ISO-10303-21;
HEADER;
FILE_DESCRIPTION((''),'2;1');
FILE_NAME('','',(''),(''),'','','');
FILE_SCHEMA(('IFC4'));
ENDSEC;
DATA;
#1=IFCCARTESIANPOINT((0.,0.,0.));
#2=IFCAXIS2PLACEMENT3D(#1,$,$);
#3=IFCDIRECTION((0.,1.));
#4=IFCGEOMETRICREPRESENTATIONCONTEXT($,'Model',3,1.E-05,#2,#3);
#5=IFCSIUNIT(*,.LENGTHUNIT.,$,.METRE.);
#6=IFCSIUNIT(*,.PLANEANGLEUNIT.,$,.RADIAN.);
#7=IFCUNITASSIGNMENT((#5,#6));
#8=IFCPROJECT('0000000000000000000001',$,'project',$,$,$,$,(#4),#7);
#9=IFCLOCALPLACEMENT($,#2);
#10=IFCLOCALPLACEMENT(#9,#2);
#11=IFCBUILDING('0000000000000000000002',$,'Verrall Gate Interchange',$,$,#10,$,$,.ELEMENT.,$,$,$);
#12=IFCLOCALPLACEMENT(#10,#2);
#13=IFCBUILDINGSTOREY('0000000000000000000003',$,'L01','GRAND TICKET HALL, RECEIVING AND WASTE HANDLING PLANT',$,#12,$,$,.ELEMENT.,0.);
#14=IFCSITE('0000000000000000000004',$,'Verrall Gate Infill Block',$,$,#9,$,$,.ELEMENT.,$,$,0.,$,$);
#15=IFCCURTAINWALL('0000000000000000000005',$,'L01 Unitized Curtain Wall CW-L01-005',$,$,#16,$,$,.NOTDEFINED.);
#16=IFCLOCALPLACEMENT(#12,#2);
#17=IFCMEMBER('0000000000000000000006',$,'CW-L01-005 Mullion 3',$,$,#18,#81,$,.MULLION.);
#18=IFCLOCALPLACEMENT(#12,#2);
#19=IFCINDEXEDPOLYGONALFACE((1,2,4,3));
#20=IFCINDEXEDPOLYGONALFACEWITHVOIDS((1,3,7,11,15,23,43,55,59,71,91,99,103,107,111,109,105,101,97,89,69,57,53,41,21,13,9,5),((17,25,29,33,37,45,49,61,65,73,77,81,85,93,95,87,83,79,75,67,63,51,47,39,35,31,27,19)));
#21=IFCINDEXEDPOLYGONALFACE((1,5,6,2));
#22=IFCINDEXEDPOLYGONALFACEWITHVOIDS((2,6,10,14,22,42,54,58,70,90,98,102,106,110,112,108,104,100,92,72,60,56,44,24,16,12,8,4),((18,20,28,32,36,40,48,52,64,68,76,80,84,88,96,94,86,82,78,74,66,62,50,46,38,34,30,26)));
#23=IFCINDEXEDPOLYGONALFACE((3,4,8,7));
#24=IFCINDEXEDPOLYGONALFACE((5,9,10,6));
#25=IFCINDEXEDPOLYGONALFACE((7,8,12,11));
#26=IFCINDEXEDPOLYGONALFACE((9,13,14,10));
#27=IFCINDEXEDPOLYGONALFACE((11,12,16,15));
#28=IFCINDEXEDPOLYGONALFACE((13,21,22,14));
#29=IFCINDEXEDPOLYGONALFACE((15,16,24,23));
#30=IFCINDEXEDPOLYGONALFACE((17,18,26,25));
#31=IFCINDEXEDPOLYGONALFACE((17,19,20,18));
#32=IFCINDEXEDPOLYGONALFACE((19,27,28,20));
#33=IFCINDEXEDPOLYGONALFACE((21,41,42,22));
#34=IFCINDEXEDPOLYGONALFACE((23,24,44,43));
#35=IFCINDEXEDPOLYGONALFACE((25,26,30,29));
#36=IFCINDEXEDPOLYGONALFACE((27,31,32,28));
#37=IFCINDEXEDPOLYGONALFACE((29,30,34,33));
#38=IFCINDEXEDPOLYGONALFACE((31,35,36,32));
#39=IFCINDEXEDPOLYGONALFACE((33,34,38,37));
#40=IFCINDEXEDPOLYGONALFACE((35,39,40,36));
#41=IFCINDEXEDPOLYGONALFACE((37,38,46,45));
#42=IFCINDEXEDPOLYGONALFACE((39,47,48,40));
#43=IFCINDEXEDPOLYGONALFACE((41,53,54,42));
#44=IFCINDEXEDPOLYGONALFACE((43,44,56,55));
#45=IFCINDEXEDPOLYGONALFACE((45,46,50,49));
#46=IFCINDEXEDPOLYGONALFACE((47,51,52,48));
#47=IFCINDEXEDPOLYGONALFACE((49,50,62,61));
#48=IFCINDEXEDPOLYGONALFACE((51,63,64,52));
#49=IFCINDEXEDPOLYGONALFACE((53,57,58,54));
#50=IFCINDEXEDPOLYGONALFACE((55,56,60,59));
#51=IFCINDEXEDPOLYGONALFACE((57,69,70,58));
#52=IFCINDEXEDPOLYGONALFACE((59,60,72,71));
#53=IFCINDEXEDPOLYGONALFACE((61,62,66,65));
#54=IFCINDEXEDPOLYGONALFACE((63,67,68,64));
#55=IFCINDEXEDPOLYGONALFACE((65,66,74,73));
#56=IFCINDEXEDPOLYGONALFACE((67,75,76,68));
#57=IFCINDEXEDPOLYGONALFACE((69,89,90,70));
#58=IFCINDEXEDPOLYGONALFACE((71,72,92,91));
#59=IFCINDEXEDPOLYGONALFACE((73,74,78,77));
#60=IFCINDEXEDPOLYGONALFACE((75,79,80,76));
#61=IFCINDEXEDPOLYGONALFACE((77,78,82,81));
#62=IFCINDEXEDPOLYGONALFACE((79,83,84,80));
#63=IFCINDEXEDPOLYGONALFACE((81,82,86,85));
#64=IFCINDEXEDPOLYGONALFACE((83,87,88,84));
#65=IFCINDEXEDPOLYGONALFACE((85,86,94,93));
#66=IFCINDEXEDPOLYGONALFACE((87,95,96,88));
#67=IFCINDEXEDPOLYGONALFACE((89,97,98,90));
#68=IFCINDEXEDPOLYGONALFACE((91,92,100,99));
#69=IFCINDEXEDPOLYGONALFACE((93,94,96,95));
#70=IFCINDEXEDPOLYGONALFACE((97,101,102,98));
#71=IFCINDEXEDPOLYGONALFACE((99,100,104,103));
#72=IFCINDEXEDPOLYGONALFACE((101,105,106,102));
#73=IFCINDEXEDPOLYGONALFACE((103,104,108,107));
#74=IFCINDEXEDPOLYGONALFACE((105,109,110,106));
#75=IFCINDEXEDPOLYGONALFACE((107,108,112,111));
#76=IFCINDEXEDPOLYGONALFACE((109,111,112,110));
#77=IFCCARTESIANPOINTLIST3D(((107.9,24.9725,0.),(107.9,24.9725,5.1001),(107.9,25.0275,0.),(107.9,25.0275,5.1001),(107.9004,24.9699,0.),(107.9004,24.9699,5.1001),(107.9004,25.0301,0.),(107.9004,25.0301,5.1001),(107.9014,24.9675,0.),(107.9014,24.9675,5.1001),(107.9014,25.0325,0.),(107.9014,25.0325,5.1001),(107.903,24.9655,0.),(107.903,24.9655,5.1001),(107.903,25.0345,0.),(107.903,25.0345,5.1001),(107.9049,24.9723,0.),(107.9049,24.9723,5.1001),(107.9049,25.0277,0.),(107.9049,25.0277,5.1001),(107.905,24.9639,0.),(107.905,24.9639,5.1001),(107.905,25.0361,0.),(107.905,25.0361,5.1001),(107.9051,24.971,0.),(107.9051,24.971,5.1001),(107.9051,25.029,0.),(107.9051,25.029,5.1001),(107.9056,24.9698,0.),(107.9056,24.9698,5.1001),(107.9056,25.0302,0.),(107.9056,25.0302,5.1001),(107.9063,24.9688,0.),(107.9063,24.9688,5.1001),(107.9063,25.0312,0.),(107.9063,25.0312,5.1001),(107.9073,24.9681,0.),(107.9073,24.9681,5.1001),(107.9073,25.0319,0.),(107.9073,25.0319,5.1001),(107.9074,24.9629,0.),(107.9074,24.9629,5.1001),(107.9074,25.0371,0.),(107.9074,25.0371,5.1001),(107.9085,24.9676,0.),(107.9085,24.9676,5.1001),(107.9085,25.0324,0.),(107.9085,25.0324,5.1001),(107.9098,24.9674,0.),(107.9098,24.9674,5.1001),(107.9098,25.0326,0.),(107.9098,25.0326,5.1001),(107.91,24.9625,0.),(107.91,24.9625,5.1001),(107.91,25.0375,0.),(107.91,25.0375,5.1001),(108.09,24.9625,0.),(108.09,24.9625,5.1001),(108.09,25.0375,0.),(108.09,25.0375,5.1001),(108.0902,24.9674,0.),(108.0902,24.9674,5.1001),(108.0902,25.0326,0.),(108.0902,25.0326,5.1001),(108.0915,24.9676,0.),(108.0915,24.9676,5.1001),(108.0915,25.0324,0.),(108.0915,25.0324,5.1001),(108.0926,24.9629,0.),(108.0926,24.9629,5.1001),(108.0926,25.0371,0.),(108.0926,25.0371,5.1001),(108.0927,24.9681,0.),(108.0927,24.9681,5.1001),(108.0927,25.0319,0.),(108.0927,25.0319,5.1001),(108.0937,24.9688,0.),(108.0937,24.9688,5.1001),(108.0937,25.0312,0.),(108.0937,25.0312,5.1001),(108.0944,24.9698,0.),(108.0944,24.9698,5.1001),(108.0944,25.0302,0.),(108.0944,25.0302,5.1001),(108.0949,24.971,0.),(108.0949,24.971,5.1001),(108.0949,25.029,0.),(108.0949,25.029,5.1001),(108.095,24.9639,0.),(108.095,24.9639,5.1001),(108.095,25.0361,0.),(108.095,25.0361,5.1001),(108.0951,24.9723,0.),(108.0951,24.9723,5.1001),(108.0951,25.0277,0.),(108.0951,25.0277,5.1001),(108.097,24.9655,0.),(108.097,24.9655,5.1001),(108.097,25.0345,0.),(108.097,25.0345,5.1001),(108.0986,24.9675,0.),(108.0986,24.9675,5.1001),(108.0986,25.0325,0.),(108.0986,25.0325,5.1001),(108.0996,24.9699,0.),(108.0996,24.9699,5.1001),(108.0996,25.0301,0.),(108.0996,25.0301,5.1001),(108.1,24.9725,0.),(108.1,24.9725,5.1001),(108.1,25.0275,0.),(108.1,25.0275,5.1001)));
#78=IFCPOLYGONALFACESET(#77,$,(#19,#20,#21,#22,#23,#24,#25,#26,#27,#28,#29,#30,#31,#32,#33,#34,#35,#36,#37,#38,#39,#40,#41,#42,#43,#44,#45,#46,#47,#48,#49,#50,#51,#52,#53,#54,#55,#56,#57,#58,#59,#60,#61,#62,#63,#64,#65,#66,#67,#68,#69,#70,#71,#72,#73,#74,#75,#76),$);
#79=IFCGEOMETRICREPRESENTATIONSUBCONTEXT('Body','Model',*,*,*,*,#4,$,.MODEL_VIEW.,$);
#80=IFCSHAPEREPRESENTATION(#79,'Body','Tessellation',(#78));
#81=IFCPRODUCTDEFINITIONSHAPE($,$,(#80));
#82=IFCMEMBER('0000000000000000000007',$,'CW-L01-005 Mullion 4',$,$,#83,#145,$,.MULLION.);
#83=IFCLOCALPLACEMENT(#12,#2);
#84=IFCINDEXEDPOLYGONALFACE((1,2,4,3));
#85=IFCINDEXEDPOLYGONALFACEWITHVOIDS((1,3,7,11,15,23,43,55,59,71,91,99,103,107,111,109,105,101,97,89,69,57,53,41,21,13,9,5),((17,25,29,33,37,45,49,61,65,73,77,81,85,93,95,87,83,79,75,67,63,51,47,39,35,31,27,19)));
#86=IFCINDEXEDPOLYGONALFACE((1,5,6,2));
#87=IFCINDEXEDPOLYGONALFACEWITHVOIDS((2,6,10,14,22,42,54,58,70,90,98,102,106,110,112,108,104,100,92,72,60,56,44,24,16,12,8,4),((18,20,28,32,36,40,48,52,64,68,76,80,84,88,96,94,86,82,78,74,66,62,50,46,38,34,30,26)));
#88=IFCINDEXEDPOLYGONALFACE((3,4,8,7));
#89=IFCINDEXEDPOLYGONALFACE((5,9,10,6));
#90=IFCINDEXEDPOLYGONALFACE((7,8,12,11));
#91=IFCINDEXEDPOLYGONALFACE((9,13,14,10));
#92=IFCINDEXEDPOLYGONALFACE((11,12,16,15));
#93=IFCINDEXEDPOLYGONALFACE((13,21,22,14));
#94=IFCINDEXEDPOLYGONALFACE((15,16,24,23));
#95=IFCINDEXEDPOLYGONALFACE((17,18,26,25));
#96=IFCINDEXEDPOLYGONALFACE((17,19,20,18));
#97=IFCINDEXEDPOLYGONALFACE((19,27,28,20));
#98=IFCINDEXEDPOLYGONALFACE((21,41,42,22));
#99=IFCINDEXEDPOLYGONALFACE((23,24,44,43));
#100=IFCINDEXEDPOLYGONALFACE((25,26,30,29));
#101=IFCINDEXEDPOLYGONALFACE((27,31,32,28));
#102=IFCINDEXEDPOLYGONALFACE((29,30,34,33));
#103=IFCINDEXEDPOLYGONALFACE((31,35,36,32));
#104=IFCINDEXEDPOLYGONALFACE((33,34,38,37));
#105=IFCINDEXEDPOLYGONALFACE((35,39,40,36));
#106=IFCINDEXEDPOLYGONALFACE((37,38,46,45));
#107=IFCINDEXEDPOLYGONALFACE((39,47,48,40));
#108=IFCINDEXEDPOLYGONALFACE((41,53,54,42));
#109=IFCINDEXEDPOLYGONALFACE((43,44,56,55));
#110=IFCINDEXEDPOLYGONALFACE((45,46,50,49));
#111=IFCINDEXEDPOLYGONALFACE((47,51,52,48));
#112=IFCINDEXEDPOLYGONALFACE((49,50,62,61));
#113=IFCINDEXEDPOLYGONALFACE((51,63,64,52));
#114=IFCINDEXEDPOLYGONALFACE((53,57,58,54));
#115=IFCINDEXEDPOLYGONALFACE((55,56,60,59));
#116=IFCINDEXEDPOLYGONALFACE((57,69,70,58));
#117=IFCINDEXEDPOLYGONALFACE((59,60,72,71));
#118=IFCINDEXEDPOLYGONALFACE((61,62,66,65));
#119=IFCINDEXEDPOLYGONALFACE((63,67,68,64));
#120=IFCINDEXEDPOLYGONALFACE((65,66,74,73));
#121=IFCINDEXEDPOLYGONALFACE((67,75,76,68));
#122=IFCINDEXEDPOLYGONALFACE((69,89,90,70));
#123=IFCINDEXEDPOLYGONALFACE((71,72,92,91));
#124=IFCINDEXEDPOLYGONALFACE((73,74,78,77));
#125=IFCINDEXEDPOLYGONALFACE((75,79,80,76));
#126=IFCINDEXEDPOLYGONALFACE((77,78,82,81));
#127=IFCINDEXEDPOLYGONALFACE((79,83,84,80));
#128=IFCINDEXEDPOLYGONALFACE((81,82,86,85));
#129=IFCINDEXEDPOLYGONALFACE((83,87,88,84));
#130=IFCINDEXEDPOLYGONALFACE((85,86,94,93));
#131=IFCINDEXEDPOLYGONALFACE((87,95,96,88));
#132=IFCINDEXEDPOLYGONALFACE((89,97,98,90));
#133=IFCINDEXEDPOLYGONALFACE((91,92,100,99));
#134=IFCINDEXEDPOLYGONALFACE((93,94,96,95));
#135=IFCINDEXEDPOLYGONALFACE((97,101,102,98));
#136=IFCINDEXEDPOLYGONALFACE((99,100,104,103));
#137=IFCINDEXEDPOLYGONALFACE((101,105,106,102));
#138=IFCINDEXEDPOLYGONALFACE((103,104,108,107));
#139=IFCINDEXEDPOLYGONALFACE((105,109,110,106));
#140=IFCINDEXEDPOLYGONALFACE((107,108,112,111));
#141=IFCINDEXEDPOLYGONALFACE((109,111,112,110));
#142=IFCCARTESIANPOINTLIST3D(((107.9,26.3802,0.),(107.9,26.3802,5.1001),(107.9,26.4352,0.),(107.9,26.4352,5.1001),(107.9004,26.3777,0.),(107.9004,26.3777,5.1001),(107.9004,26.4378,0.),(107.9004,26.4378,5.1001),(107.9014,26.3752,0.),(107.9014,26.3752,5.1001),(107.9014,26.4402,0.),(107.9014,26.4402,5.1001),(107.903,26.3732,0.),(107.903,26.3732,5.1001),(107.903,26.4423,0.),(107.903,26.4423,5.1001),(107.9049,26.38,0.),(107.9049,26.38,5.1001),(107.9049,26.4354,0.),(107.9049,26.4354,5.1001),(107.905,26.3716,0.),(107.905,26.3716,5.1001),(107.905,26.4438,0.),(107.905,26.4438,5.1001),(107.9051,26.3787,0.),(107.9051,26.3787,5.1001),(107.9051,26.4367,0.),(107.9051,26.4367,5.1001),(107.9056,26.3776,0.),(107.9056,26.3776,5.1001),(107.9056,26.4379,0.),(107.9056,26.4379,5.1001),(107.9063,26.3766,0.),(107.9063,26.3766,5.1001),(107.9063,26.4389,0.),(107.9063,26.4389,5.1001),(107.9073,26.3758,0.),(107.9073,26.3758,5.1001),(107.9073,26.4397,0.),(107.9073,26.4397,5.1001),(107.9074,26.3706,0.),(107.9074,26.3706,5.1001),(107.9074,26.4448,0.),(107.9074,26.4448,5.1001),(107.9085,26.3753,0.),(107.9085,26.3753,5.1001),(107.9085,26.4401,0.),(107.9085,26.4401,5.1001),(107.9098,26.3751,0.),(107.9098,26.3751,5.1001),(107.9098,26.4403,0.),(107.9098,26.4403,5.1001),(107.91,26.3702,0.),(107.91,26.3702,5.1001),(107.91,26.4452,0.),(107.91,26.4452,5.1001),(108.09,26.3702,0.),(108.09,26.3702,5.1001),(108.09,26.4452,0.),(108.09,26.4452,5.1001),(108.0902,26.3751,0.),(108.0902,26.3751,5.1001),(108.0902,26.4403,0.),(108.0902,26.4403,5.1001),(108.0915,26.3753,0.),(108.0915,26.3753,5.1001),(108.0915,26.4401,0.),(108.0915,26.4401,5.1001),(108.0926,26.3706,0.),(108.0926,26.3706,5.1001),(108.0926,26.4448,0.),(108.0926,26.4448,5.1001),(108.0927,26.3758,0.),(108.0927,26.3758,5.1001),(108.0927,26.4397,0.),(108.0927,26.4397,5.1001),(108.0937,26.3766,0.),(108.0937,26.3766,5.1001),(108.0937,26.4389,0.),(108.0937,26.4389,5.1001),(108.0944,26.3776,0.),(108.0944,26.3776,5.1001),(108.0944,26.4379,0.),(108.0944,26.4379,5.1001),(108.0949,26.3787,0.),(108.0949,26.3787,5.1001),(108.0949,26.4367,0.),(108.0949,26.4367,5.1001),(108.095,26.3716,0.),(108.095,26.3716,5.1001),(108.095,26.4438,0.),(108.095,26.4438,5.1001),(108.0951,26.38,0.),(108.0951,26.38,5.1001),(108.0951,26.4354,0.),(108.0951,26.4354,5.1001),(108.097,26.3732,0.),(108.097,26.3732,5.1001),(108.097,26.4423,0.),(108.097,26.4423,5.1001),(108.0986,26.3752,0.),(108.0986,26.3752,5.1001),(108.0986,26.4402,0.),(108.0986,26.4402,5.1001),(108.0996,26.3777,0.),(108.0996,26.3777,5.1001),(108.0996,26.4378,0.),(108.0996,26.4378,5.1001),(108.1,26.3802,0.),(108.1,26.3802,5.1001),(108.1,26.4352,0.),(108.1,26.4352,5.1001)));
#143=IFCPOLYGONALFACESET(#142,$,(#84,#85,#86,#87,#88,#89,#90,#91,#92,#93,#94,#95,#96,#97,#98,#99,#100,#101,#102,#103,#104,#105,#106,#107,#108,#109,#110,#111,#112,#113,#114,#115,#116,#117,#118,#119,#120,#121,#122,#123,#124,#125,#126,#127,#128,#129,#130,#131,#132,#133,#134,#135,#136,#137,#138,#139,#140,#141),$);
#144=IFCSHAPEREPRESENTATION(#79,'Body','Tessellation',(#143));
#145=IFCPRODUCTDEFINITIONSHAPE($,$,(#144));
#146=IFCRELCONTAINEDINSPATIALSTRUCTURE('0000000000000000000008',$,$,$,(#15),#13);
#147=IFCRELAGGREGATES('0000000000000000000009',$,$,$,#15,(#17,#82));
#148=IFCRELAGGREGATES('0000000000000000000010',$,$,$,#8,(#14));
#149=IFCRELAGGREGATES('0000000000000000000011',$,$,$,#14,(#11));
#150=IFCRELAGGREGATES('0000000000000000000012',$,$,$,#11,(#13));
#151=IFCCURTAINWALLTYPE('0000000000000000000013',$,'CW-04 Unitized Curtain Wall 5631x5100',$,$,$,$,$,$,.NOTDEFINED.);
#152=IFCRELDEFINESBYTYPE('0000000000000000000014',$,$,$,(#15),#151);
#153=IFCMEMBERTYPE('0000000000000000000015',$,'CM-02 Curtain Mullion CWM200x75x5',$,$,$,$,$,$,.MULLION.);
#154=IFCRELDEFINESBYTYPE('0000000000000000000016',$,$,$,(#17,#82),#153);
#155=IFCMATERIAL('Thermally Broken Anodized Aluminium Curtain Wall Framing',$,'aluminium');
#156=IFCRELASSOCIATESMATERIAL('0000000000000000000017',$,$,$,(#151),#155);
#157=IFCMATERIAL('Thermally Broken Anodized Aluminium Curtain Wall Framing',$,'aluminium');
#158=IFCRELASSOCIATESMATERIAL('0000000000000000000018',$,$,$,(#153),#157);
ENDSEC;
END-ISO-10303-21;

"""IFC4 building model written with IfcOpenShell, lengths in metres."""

from ifc_helpers import new_model, si_unit, direction, frame, origin, origin_2d, place, context, subcontext, project, spatial, hollow_rectangle, extrude, material, material_profile, profile_set, type_object, element, aggregate, save


model = new_model("IFC4")

# Units and contexts
model_context = context("Model", 3, precision=1e-05, world=origin(), true_north=direction((0.0, 1.0)))
body_context = subcontext(model_context, "Body", "Model", "MODEL_VIEW")
ifc_project = project(units=[si_unit("LENGTHUNIT", "METRE"), si_unit("PLANEANGLEUNIT", "RADIAN")], contexts=[model_context])

# Site, building, storey
site_placement = place(None, origin())
site = spatial("IfcSite", under=ifc_project, at=site_placement, Name="Verrall Gate Infill Block", CompositionType="ELEMENT", RefElevation=0.0)
building_placement = place(site_placement, origin())
building = spatial("IfcBuilding", under=site, at=building_placement, Name="Verrall Gate Interchange", CompositionType="ELEMENT")
storey_placement = place(building_placement, origin())
storey = spatial("IfcBuildingStorey", under=building, at=storey_placement, Name="L01", Description="GRAND TICKET HALL, RECEIVING AND WASTE HANDLING PLANT", CompositionType="ELEMENT", Elevation=0.0)

# Curtain wall, members
ifc_material_1 = material(Name="Thermally Broken Anodized Aluminium Curtain Wall Framing", Category="aluminium")
curtain_wall_type = type_object("IfcCurtainWallType", Name="CW-04 Unitized Curtain Wall 5631x5100", PredefinedType="NOTDEFINED", material=ifc_material_1)
curtain_wall_placement = place(storey_placement, origin())
curtain_wall = element("IfcCurtainWall", 1, at=curtain_wall_placement, inside=storey, type_object=curtain_wall_type, Name="L01 Unitized Curtain Wall CW-L01-005", PredefinedType="NOTDEFINED")
ifc_material_2 = material(Name="Thermally Broken Anodized Aluminium Curtain Wall Framing", Category="aluminium")
ifc_material_profile_1 = material_profile(ifc_material_2, hollow_rectangle(XDim=0.075, YDim=0.2, WallThickness=0.0049, InnerFilletRadius=0.0049, OuterFilletRadius=0.01, at=origin_2d()), Name="CWM200x75x5")
ifc_profile_set_1 = profile_set([ifc_material_profile_1], Name="Thermally Broken Anodized Aluminium Curtain Wall Framing")
member_type_1 = type_object("IfcMemberType", Name="CM-02 Curtain Mullion CWM200x75x5", PredefinedType="MULLION", material=ifc_profile_set_1)
member_1_placement = place(storey_placement, frame((108.0, 25.0, 0.0), z_axis=(0.0, 0.0, 1.0), x_axis=(0.0, 1.0, 0.0)))
member_1 = element("IfcMember", 2, at=member_1_placement, type_object=member_type_1, Name="CW-L01-005 Mullion 3", PredefinedType="MULLION", context=body_context, shape_type="SweptSolid", body=[
    extrude(hollow_rectangle(XDim=0.075, YDim=0.2, WallThickness=0.0049, InnerFilletRadius=0.0049, OuterFilletRadius=0.01, at=origin_2d()), origin(), (0.0, 0.0, 1.0), 5.1001),
])
member_2_placement = place(storey_placement, frame((108.0, 26.4077, 0.0), z_axis=(0.0, 0.0, 1.0), x_axis=(0.0, 1.0, 0.0)))
member_2 = element("IfcMember", 3, at=member_2_placement, type_object=member_type_1, Name="CW-L01-005 Mullion 4", PredefinedType="MULLION", context=body_context, shape_type="SweptSolid", body=[
    extrude(hollow_rectangle(XDim=0.075, YDim=0.2, WallThickness=0.0049, InnerFilletRadius=0.0049, OuterFilletRadius=0.01, at=origin_2d()), origin(), (0.0, 0.0, 1.0), 5.1001),
])
aggregate(curtain_wall, [member_1, member_2])

save(model, "model.ifc")
